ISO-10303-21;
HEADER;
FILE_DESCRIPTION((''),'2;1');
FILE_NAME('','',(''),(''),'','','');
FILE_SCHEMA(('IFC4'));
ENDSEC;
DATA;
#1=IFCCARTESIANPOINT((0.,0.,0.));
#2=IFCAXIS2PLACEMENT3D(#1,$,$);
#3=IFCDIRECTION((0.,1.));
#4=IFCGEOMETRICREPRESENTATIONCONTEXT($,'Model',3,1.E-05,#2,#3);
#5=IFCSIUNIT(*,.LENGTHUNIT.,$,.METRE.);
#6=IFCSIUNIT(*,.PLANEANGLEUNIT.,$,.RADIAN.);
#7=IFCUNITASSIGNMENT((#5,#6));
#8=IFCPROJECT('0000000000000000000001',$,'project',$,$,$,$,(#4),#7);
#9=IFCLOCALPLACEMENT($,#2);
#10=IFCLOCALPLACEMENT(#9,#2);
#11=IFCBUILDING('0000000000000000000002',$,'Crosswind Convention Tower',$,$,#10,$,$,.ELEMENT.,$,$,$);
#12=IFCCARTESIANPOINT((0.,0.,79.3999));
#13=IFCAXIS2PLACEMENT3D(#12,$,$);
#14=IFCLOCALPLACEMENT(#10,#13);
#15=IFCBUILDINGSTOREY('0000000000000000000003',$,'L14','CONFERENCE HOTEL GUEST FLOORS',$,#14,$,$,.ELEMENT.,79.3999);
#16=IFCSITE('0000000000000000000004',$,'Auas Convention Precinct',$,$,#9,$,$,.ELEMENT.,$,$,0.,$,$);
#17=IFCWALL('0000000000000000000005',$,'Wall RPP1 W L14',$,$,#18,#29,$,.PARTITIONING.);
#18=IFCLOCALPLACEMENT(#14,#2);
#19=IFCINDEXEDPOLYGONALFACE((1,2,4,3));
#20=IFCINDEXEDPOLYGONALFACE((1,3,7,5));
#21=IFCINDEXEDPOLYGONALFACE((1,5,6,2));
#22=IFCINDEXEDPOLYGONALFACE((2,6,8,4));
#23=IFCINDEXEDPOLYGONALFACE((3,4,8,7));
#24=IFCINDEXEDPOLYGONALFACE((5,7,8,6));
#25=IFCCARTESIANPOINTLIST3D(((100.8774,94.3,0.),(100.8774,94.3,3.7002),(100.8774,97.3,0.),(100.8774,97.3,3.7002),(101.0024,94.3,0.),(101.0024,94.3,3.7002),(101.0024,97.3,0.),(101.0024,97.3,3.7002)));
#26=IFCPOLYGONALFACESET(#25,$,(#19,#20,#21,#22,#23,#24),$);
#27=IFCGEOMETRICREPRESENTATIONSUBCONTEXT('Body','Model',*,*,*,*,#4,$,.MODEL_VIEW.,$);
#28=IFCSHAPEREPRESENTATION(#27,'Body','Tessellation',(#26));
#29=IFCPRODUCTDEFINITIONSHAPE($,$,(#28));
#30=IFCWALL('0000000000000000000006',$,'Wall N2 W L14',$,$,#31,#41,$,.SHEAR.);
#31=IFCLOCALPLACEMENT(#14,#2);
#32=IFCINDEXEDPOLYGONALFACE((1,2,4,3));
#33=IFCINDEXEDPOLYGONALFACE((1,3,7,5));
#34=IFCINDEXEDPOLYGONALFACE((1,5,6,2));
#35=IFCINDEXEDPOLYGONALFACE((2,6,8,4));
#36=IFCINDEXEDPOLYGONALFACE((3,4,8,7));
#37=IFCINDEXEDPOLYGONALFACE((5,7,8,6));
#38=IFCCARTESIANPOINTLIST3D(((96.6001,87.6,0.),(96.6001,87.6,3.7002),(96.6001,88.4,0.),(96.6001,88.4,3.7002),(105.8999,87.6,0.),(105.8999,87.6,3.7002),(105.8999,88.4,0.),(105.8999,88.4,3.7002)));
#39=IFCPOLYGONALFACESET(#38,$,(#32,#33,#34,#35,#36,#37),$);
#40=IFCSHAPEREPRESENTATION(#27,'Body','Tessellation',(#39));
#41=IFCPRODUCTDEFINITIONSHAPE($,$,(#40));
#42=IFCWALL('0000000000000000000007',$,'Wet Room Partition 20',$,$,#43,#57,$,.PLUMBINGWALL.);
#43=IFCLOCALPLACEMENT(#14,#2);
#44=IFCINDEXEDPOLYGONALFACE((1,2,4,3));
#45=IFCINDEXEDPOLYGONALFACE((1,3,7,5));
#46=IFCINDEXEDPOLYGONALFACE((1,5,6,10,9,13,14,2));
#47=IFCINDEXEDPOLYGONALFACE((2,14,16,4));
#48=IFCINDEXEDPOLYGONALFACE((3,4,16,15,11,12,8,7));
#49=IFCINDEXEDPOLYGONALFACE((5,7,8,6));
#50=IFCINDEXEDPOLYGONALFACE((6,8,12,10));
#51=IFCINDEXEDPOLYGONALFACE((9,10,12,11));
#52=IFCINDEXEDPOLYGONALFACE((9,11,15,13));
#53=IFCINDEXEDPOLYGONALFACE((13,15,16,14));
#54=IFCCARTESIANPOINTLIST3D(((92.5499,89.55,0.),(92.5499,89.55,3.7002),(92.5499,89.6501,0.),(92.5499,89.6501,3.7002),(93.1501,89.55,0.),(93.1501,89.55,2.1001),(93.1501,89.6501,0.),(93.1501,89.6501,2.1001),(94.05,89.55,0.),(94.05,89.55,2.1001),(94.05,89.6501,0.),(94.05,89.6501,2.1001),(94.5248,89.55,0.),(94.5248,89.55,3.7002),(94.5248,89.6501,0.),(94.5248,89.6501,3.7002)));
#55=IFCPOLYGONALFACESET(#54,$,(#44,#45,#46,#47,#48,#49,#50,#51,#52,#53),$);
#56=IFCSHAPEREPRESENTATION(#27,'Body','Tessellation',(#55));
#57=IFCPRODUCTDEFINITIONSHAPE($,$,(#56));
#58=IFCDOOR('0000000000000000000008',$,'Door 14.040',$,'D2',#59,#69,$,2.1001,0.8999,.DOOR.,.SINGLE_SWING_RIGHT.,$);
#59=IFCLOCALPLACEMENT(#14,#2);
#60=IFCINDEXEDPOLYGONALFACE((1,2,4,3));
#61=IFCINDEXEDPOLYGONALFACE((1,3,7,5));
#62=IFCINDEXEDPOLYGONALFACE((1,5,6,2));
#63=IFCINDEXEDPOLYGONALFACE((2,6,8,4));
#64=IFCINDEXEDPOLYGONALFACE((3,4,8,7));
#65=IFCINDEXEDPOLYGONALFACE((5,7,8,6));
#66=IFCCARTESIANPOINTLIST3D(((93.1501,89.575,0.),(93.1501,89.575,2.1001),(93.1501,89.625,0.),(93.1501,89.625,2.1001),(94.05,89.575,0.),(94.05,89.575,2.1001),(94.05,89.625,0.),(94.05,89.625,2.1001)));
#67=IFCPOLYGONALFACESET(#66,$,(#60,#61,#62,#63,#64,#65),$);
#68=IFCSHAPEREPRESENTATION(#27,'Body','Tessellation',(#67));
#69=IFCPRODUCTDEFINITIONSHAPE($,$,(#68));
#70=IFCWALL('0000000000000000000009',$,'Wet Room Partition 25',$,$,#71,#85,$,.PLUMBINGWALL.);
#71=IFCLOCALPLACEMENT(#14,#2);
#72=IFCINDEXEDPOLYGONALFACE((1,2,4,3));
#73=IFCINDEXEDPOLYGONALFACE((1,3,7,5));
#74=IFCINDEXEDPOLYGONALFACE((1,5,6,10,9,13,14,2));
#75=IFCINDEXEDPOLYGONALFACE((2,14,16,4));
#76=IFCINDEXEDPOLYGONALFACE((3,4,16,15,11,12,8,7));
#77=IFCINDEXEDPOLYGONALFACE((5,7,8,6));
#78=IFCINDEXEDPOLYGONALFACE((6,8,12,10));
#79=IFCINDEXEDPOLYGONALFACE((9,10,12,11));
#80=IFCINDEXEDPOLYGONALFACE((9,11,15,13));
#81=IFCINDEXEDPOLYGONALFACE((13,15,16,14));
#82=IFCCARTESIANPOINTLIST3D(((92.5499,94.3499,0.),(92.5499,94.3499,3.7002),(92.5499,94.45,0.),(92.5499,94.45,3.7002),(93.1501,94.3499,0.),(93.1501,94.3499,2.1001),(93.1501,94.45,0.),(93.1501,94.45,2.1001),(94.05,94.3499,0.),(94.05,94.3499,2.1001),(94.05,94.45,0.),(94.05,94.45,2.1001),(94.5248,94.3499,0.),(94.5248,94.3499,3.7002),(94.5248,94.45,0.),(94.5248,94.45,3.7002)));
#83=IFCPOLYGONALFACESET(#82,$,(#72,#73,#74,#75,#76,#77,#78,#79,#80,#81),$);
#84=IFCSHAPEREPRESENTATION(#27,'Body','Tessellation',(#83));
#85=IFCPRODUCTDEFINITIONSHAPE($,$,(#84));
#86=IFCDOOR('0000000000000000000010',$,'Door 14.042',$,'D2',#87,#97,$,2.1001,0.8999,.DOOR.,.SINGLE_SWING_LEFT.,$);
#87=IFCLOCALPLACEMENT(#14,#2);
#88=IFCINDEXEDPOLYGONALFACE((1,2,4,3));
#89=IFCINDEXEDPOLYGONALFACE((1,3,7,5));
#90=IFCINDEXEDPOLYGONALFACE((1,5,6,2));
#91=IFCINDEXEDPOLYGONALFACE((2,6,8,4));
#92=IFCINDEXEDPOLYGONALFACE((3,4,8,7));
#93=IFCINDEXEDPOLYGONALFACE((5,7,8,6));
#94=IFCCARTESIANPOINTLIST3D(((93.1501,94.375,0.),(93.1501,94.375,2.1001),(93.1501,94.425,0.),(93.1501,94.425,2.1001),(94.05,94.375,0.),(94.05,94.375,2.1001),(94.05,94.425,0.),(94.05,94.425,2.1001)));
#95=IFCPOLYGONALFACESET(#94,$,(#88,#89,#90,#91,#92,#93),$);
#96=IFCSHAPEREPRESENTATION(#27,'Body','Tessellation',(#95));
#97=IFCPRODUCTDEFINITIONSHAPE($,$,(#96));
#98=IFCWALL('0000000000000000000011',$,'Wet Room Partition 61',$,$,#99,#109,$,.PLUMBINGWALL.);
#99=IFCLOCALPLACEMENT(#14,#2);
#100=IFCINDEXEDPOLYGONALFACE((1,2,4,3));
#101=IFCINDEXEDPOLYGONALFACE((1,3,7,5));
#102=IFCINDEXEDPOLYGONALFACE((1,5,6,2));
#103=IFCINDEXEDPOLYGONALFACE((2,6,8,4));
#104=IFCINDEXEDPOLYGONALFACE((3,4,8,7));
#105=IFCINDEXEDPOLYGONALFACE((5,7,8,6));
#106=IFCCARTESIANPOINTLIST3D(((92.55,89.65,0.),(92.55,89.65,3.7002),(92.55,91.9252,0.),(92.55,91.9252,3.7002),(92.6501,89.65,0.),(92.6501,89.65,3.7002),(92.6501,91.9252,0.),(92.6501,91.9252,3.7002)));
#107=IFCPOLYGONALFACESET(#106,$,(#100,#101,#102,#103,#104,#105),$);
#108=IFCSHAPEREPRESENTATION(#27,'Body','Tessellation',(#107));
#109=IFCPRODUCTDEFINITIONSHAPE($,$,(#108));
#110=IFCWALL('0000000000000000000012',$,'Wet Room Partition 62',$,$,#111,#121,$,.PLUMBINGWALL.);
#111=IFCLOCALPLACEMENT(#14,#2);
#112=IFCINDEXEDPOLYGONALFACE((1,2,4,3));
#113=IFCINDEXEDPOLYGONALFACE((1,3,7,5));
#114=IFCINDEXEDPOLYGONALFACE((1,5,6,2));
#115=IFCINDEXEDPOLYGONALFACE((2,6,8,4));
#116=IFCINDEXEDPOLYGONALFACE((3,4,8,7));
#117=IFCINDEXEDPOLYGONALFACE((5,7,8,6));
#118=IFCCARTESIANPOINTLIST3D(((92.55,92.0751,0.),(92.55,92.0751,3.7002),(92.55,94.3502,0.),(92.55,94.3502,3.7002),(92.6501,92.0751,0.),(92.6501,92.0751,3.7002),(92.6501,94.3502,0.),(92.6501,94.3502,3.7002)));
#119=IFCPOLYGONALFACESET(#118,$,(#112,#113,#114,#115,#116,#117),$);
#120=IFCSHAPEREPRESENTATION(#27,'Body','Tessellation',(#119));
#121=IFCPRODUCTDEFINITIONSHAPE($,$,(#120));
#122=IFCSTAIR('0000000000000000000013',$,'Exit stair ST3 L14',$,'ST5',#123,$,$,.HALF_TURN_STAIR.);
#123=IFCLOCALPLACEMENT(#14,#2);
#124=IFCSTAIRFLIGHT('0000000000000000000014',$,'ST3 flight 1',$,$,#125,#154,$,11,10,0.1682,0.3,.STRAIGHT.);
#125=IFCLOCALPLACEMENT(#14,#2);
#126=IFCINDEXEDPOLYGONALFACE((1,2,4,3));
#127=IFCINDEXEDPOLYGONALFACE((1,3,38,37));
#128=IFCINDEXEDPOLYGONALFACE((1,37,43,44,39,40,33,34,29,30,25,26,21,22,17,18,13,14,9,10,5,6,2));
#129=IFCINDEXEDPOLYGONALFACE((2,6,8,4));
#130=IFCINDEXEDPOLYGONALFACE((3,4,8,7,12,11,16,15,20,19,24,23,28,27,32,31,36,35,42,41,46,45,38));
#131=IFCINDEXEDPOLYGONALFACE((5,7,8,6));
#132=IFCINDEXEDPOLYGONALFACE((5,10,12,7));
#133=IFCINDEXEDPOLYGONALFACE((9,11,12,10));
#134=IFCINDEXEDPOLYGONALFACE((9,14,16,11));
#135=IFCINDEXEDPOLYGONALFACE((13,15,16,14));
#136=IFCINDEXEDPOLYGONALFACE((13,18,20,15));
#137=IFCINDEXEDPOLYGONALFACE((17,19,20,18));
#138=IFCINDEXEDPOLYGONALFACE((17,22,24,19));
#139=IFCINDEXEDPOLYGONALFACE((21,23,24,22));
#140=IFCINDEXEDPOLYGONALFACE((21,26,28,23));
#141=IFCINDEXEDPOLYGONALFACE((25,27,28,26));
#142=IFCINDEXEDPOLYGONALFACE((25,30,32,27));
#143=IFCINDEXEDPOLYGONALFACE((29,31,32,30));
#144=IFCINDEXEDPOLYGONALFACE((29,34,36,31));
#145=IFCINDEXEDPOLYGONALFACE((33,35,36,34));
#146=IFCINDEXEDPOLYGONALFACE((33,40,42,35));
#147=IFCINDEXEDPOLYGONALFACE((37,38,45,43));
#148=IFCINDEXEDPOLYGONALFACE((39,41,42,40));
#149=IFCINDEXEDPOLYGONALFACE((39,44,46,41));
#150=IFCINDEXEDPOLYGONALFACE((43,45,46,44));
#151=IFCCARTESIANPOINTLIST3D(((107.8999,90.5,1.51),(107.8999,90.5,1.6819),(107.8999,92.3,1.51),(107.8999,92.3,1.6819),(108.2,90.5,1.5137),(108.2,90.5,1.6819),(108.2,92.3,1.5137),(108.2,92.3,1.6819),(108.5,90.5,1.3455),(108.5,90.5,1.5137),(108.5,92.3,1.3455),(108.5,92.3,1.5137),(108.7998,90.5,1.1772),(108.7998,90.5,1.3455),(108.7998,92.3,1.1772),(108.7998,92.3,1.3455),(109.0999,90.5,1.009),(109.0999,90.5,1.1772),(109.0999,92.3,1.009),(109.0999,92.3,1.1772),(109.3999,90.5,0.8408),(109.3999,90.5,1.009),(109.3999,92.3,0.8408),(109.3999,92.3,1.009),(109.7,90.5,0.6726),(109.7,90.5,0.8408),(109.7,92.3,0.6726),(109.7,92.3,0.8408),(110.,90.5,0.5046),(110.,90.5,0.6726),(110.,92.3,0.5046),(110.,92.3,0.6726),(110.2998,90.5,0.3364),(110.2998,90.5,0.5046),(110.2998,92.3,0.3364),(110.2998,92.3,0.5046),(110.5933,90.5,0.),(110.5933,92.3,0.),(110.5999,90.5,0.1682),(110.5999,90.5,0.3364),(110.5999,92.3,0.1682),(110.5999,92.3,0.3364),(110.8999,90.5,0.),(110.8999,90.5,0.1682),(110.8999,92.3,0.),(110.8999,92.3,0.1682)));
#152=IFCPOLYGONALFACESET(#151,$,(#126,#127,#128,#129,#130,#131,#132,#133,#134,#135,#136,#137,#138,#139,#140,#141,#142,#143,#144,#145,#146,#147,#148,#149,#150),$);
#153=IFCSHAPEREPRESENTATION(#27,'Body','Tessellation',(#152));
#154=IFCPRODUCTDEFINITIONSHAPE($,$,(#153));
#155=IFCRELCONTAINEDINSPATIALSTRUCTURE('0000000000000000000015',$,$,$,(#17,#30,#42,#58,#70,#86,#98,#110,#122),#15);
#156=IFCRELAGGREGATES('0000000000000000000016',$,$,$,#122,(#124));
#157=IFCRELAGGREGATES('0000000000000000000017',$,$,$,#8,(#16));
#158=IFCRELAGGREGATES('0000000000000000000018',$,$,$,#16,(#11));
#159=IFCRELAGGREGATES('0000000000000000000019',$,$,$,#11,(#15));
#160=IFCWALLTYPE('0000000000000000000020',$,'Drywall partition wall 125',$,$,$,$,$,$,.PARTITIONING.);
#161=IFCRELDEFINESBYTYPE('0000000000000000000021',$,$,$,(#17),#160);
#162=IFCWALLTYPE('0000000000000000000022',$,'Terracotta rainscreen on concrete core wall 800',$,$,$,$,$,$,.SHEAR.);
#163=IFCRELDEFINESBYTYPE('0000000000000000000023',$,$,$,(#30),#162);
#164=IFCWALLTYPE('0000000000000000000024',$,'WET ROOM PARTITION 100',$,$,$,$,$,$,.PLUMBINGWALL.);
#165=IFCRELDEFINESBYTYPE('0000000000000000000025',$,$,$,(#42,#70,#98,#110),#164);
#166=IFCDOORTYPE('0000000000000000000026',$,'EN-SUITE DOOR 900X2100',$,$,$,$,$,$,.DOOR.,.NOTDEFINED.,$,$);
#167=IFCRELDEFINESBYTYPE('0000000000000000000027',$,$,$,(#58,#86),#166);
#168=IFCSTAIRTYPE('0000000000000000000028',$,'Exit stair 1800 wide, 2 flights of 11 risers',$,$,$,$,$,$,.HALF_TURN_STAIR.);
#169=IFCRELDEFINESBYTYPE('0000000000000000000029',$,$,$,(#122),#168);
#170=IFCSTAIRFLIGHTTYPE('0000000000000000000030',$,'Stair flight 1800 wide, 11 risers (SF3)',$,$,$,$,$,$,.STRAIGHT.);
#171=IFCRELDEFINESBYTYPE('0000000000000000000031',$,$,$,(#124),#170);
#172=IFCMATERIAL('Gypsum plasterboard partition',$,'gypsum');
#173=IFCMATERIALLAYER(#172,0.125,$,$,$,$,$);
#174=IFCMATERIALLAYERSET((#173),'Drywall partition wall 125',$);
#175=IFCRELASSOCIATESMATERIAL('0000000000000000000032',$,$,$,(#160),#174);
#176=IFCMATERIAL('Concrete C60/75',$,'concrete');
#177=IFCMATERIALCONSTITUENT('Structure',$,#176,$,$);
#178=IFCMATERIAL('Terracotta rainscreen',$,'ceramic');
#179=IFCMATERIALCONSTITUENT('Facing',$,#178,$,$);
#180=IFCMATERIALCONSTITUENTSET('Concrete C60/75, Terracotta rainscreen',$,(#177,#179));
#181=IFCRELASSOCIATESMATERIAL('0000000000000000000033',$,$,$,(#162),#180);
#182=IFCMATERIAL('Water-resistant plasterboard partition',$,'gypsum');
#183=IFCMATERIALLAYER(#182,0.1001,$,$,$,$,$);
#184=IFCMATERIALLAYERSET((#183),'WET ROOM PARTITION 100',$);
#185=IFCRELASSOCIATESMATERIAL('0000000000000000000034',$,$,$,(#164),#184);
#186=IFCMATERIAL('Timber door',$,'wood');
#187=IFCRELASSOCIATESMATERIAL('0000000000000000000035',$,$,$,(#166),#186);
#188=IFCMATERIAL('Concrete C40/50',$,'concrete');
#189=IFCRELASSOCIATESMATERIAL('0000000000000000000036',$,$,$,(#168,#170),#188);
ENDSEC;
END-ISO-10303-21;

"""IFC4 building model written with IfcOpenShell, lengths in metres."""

from ifc_helpers import new_model, si_unit, direction, frame, frame_2d, origin, place, context, subcontext, project, spatial, polyline, rectangle, outline, extrude, material, layer, layer_set, constituent, constituent_set, type_object, element, fill, aggregate, save


model = new_model("IFC4")

# Units and contexts
model_context = context("Model", 3, precision=1e-05, world=origin(), true_north=direction((0.0, 1.0)))
body_context = subcontext(model_context, "Body", "Model", "MODEL_VIEW")
ifc_project = project(units=[si_unit("LENGTHUNIT", "METRE"), si_unit("PLANEANGLEUNIT", "RADIAN")], contexts=[model_context])

# Site, building, storey
site_placement = place(None, origin())
site = spatial("IfcSite", under=ifc_project, at=site_placement, Name="Auas Convention Precinct", CompositionType="ELEMENT", RefElevation=0.0)
building_placement = place(site_placement, origin())
building = spatial("IfcBuilding", under=site, at=building_placement, Name="Crosswind Convention Tower", CompositionType="ELEMENT")
storey_placement = place(building_placement, frame((0.0, 0.0, 79.3999)))
storey = spatial("IfcBuildingStorey", under=building, at=storey_placement, Name="L14", Description="CONFERENCE HOTEL GUEST FLOORS", CompositionType="ELEMENT", Elevation=79.3999)

# Shared definitions
ifc_material_1 = material(Name="Timber door", Category="wood")

# Wall
ifc_material_2 = material(Name="Gypsum plasterboard partition", Category="gypsum")
ifc_layer_1 = layer(ifc_material_2, 0.125)
ifc_layer_set_1 = layer_set([ifc_layer_1], Name="Drywall partition wall 125")
wall_type_1 = type_object("IfcWallType", Name="Drywall partition wall 125", PredefinedType="PARTITIONING", material=ifc_layer_set_1)
wall_1_placement = place(storey_placement, frame((100.9399, 97.3, 0.0), z_axis=(0.0, 0.0, 1.0), x_axis=(0.0, -1.0, 0.0)))
element("IfcWall", 1, at=wall_1_placement, inside=storey, type_object=wall_type_1, Name="Wall RPP1 W L14", PredefinedType="PARTITIONING", context=body_context, shape_type="SweptSolid", body=[
    extrude(rectangle(XDim=3.0, YDim=0.125, at=frame_2d((1.5, 0.0))), origin(), (0.0, 0.0, 1.0), 3.7002),
])

# Shared definitions
ifc_material_3 = material(Name="Terracotta rainscreen", Category="ceramic")

# Wall
ifc_material_4 = material(Name="Concrete C60/75", Category="concrete")
ifc_constituent_1 = constituent(ifc_material_4, Name="Structure")
ifc_constituent_2 = constituent(ifc_material_3, Name="Facing")
ifc_constituent_set = constituent_set(constituents=[ifc_constituent_1, ifc_constituent_2], Name="Concrete C60/75, Terracotta rainscreen")
wall_type_2 = type_object("IfcWallType", Name="Terracotta rainscreen on concrete core wall 800", PredefinedType="SHEAR", material=ifc_constituent_set)
wall_2_placement = place(storey_placement, frame((105.8999, 88.0, 0.0), z_axis=(0.0, 0.0, 1.0), x_axis=(-1.0, 0.0, 0.0)))
element("IfcWall", 2, at=wall_2_placement, inside=storey, type_object=wall_type_2, Name="Wall N2 W L14", PredefinedType="SHEAR", context=body_context, shape_type="SweptSolid", body=[
    extrude(rectangle(XDim=9.2998, YDim=0.8, at=frame_2d((4.6499, 0.0))), origin(), (0.0, 0.0, 1.0), 3.7002),
])

# Walls, openings, doors
ifc_material_5 = material(Name="Water-resistant plasterboard partition", Category="gypsum")
ifc_layer_2 = layer(ifc_material_5, 0.1001)
ifc_layer_set_2 = layer_set([ifc_layer_2], Name="WET ROOM PARTITION 100")
wall_type_3 = type_object("IfcWallType", Name="WET ROOM PARTITION 100", PredefinedType="PLUMBINGWALL", material=ifc_layer_set_2)
wall_3_placement = place(storey_placement, frame((92.55, 89.6001, 0.0), z_axis=(0.0, 0.0, 1.0), x_axis=(1.0, 0.0, 0.0)))
wall_3 = element("IfcWall", 3, at=wall_3_placement, inside=storey, type_object=wall_type_3, Name="Wet Room Partition 20", PredefinedType="PLUMBINGWALL", context=body_context, shape_type="SweptSolid", body=[
    extrude(rectangle(XDim=1.9749, YDim=0.1001, at=frame_2d((0.9873, 0.0))), origin(), (0.0, 0.0, 1.0), 3.7002),
])
opening_1_placement = place(wall_3_placement, frame((0.6001, 0.0, 0.0)))
opening_1 = element("IfcOpeningElement", 4, at=opening_1_placement, cuts=wall_3, PredefinedType="OPENING", context=body_context, shape_type="SweptSolid", body=[
    extrude(rectangle(XDim=0.8999, YDim=2.1001, at=frame_2d((0.45, 1.05))), frame((0.0, 0.0601, 0.0), z_axis=(0.0, -1.0, 0.0), x_axis=(1.0, 0.0, 0.0)), (0.0, 0.0, 1.0), 0.1201),
])
door_type_1 = type_object("IfcDoorType", Name="EN-SUITE DOOR 900X2100", OperationType="NOTDEFINED", PredefinedType="DOOR", material=ifc_material_1)
door_1_placement = place(opening_1_placement, origin())
door_1 = element("IfcDoor", 5, at=door_1_placement, inside=storey, type_object=door_type_1, Name="Door 14.040", ObjectType="D2", OperationType="SINGLE_SWING_RIGHT", OverallHeight=2.1001, OverallWidth=0.8999, PredefinedType="DOOR", context=body_context, shape_type="SweptSolid", body=[
    extrude(rectangle(XDim=0.8999, YDim=2.1001, at=frame_2d((0.45, 1.05))), frame((0.0, 0.0249, 0.0), z_axis=(0.0, -1.0, 0.0), x_axis=(1.0, 0.0, 0.0)), (0.0, 0.0, 1.0), 0.05),
])
fill(opening_1, door_1)
wall_4_placement = place(storey_placement, frame((92.55, 94.3999, 0.0), z_axis=(0.0, 0.0, 1.0), x_axis=(1.0, 0.0, 0.0)))
wall_4 = element("IfcWall", 6, at=wall_4_placement, inside=storey, type_object=wall_type_3, Name="Wet Room Partition 25", PredefinedType="PLUMBINGWALL", context=body_context, shape_type="SweptSolid", body=[
    extrude(rectangle(XDim=1.9749, YDim=0.1001, at=frame_2d((0.9873, 0.0))), origin(), (0.0, 0.0, 1.0), 3.7002),
])
opening_2_placement = place(wall_4_placement, frame((0.6001, 0.0, 0.0)))
opening_2 = element("IfcOpeningElement", 7, at=opening_2_placement, cuts=wall_4, PredefinedType="OPENING", context=body_context, shape_type="SweptSolid", body=[
    extrude(rectangle(XDim=0.8999, YDim=2.1001, at=frame_2d((0.45, 1.05))), frame((0.0, 0.0601, 0.0), z_axis=(0.0, -1.0, 0.0), x_axis=(1.0, 0.0, 0.0)), (0.0, 0.0, 1.0), 0.1201),
])
door_2_placement = place(opening_2_placement, frame((0.8999, 0.0, 0.0), z_axis=(0.0, 0.0, 1.0), x_axis=(-1.0, 0.0, 0.0)))
door_2 = element("IfcDoor", 8, at=door_2_placement, inside=storey, type_object=door_type_1, Name="Door 14.042", ObjectType="D2", OperationType="SINGLE_SWING_LEFT", OverallHeight=2.1001, OverallWidth=0.8999, PredefinedType="DOOR", context=body_context, shape_type="SweptSolid", body=[
    extrude(rectangle(XDim=0.8999, YDim=2.1001, at=frame_2d((0.45, 1.05))), frame((0.0, 0.0249, 0.0), z_axis=(0.0, -1.0, 0.0), x_axis=(1.0, 0.0, 0.0)), (0.0, 0.0, 1.0), 0.05),
])
fill(opening_2, door_2)

# Walls
for number, where, z_axis, x_axis, name in (
    (9, (92.6001, 89.6499, 0.0), (0.0, 0.0, 1.0), (0.0, 1.0, 0.0), "Wet Room Partition 61"),
    (10, (92.6001, 92.075, 0.0), (0.0, 0.0, 1.0), (0.0, 1.0, 0.0), "Wet Room Partition 62"),
):
    element("IfcWall", number, at=place(storey_placement, frame(where, z_axis=z_axis, x_axis=x_axis)), inside=storey, type_object=wall_type_3, Name=name, PredefinedType="PLUMBINGWALL", context=body_context, shape_type="SweptSolid", body=[
        extrude(rectangle(XDim=2.2751, YDim=0.1001, at=frame_2d((1.1377, 0.0))), origin(), (0.0, 0.0, 1.0), 3.7002),
    ])

# Stair, stair flight
ifc_material_6 = material(Name="Concrete C40/50", Category="concrete")
stair_type = type_object("IfcStairType", Name="Exit stair 1800 wide, 2 flights of 11 risers", PredefinedType="HALF_TURN_STAIR", material=ifc_material_6)
stair_placement = place(storey_placement, origin())
stair = element("IfcStair", 11, at=stair_placement, inside=storey, type_object=stair_type, Name="Exit stair ST3 L14", ObjectType="ST5", PredefinedType="HALF_TURN_STAIR")
stair_flight_type = type_object("IfcStairFlightType", Name="Stair flight 1800 wide, 11 risers (SF3)", PredefinedType="STRAIGHT", material=ifc_material_6)
stair_flight_1_placement = place(storey_placement, frame((110.8999, 91.3999, 0.0), z_axis=(0.0, 0.0, 1.0), x_axis=(-1.0, 0.0, 0.0)))
stair_flight_1 = element("IfcStairFlight", 12, at=stair_flight_1_placement, type_object=stair_flight_type, Name="ST3 flight 1", NumberOfRisers=11, NumberOfTreads=10, PredefinedType="STRAIGHT", RiserHeight=0.1682, TreadLength=0.3, context=body_context, shape_type="SweptSolid", body=[
    extrude(outline(polyline([(0.0, 0.0), (0.0, 0.1682), (0.3, 0.1682), (0.3, 0.3364), (0.6001, 0.3364), (0.6001, 0.5046), (0.8999, 0.5046), (0.8999, 0.6726), (1.2, 0.6726), (1.2, 0.8408), (1.5, 0.8408), (1.5, 1.009), (1.8, 1.009), (1.8, 1.1772), (2.1001, 1.1772), (2.1001, 1.3455), (2.3999, 1.3455), (2.3999, 1.5137), (2.7, 1.5137), (2.7, 1.6819), (3.0, 1.6819), (3.0, 1.8501), (3.0, 1.51), (0.3066, 0.0), (0.0, 0.0)])), frame((0.0, 0.8999, 0.0), z_axis=(0.0, -1.0, 0.0), x_axis=(1.0, 0.0, 0.0)), (0.0, 0.0, 1.0), 1.8),
])
aggregate(stair, [stair_flight_1])

save(model, "model.ifc")
